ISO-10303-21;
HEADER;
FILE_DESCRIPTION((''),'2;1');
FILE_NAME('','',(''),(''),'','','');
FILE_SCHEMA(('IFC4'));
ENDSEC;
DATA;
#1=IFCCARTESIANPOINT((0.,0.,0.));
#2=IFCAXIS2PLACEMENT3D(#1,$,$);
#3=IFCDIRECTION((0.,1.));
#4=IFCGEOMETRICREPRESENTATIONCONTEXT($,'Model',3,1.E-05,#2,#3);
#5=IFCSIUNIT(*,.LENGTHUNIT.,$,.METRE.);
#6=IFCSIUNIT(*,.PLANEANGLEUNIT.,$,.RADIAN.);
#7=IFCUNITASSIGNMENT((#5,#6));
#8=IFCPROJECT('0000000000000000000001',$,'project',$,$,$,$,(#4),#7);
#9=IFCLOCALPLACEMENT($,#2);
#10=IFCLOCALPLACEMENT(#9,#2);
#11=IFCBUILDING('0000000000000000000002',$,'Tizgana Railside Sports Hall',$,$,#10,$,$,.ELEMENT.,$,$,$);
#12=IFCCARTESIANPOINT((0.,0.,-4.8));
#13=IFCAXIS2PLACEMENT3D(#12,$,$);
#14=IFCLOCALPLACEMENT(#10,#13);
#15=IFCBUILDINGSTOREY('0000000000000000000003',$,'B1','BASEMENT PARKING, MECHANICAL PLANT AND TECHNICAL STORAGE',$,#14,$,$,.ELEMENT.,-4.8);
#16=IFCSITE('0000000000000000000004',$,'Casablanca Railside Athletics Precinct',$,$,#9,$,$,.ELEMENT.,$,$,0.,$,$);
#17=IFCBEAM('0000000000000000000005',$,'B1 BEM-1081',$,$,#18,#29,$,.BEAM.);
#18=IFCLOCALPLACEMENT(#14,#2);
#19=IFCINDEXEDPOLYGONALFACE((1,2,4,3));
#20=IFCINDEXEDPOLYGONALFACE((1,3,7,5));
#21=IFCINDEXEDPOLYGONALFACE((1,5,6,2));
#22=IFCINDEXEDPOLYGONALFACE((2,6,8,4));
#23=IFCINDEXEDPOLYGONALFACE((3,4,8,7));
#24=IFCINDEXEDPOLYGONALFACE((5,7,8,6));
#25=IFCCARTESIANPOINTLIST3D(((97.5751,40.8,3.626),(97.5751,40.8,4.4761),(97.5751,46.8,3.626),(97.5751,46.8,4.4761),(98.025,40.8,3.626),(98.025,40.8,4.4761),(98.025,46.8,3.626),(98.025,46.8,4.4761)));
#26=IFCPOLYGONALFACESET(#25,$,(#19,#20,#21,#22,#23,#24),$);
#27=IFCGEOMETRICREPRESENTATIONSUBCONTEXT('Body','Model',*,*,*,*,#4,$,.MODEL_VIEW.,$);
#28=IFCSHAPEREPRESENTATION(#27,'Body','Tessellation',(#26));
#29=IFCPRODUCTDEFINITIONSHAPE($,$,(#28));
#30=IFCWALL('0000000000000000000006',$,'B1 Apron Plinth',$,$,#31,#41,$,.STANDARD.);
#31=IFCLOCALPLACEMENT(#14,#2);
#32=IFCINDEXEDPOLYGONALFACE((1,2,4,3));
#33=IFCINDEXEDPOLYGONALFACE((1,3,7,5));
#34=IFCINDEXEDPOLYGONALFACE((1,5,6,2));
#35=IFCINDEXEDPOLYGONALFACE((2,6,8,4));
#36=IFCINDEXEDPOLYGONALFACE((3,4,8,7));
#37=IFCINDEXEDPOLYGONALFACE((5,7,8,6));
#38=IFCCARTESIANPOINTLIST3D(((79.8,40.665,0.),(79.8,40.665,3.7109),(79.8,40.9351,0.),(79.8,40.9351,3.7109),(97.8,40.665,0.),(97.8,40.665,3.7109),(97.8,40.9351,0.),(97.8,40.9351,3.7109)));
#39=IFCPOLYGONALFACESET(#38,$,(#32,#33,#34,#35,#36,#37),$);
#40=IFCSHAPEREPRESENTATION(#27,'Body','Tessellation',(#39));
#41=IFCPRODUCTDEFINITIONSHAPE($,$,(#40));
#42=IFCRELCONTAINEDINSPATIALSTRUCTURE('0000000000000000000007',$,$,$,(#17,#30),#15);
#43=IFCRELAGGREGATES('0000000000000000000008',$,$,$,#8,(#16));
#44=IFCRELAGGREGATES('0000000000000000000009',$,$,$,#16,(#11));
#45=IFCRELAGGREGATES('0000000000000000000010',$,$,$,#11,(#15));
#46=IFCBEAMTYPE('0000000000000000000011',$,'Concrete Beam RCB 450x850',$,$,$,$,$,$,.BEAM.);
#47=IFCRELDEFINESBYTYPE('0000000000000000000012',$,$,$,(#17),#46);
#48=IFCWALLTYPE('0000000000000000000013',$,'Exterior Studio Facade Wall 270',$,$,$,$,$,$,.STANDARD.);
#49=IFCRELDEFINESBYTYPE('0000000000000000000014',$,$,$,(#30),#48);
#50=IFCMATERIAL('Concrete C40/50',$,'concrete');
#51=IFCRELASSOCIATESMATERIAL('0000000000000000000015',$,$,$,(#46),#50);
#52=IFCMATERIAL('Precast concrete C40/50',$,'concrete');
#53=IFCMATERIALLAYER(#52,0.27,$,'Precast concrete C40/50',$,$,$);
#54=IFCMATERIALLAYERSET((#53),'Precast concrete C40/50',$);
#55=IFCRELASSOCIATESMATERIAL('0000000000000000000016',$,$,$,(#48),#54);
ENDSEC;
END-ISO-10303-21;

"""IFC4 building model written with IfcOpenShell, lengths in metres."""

from ifc_helpers import new_model, si_unit, direction, frame, frame_2d, origin, origin_2d, place, context, subcontext, project, spatial, rectangle, extrude, material, layer, layer_set, material_profile, profile_set, type_object, element, save


model = new_model("IFC4")

# Units and contexts
model_context = context("Model", 3, precision=1e-05, world=origin(), true_north=direction((0.0, 1.0)))
body_context = subcontext(model_context, "Body", "Model", "MODEL_VIEW")
ifc_project = project(units=[si_unit("LENGTHUNIT", "METRE"), si_unit("PLANEANGLEUNIT", "RADIAN")], contexts=[model_context])

# Site, building, storey
site_placement = place(None, origin())
site = spatial("IfcSite", under=ifc_project, at=site_placement, Name="Casablanca Railside Athletics Precinct", CompositionType="ELEMENT", RefElevation=0.0)
building_placement = place(site_placement, origin())
building = spatial("IfcBuilding", under=site, at=building_placement, Name="Tizgana Railside Sports Hall", CompositionType="ELEMENT")
storey_placement = place(building_placement, frame((0.0, 0.0, -4.8)))
storey = spatial("IfcBuildingStorey", under=building, at=storey_placement, Name="B1", Description="BASEMENT PARKING, MECHANICAL PLANT AND TECHNICAL STORAGE", CompositionType="ELEMENT", Elevation=-4.8)

# Shared definitions
ifc_material_1 = material(Name="Concrete C40/50", Category="concrete")

# Beam
ifc_material_profile_1 = material_profile(ifc_material_1, rectangle(XDim=0.45, YDim=0.8501, at=origin_2d()), Name="RCB 450x850")
ifc_profile_set_1 = profile_set([ifc_material_profile_1], Name="Concrete C40/50")
beam_type_1 = type_object("IfcBeamType", Name="Concrete Beam RCB 450x850", PredefinedType="BEAM", material=ifc_profile_set_1)
for number, where, z_axis, x_axis, name in (
    (1, (97.8, 40.8, 4.051), (0.0, 1.0, 0.0), (-1.0, 0.0, 0.0), "B1 BEM-1081"),
):
    element("IfcBeam", number, at=place(storey_placement, frame(where, z_axis=z_axis, x_axis=x_axis)), inside=storey, type_object=beam_type_1, Name=name, PredefinedType="BEAM", context=body_context, shape_type="SweptSolid", body=[
        extrude(rectangle(XDim=0.45, YDim=0.8501, at=origin_2d()), origin(), (0.0, 0.0, 1.0), 6.0),
    ])

# Wall
ifc_material_2 = material(Name="Precast concrete C40/50", Category="concrete")
ifc_layer = layer(ifc_material_2, 0.27, Name="Precast concrete C40/50")
ifc_layer_set = layer_set([ifc_layer], Name="Precast concrete C40/50")
wall_type = type_object("IfcWallType", Name="Exterior Studio Facade Wall 270", PredefinedType="STANDARD", material=ifc_layer_set)
wall_placement = place(storey_placement, frame((97.8, 40.8, 0.0), z_axis=(0.0, 0.0, 1.0), x_axis=(-1.0, 0.0, 0.0)))
element("IfcWall", 2, at=wall_placement, inside=storey, type_object=wall_type, Name="B1 Apron Plinth", PredefinedType="STANDARD", context=body_context, shape_type="SweptSolid", body=[
    extrude(rectangle(XDim=18.0, YDim=0.27, at=frame_2d((9.0, 0.0))), origin(), (0.0, 0.0, 1.0), 3.7109),
])

save(model, "model.ifc")
